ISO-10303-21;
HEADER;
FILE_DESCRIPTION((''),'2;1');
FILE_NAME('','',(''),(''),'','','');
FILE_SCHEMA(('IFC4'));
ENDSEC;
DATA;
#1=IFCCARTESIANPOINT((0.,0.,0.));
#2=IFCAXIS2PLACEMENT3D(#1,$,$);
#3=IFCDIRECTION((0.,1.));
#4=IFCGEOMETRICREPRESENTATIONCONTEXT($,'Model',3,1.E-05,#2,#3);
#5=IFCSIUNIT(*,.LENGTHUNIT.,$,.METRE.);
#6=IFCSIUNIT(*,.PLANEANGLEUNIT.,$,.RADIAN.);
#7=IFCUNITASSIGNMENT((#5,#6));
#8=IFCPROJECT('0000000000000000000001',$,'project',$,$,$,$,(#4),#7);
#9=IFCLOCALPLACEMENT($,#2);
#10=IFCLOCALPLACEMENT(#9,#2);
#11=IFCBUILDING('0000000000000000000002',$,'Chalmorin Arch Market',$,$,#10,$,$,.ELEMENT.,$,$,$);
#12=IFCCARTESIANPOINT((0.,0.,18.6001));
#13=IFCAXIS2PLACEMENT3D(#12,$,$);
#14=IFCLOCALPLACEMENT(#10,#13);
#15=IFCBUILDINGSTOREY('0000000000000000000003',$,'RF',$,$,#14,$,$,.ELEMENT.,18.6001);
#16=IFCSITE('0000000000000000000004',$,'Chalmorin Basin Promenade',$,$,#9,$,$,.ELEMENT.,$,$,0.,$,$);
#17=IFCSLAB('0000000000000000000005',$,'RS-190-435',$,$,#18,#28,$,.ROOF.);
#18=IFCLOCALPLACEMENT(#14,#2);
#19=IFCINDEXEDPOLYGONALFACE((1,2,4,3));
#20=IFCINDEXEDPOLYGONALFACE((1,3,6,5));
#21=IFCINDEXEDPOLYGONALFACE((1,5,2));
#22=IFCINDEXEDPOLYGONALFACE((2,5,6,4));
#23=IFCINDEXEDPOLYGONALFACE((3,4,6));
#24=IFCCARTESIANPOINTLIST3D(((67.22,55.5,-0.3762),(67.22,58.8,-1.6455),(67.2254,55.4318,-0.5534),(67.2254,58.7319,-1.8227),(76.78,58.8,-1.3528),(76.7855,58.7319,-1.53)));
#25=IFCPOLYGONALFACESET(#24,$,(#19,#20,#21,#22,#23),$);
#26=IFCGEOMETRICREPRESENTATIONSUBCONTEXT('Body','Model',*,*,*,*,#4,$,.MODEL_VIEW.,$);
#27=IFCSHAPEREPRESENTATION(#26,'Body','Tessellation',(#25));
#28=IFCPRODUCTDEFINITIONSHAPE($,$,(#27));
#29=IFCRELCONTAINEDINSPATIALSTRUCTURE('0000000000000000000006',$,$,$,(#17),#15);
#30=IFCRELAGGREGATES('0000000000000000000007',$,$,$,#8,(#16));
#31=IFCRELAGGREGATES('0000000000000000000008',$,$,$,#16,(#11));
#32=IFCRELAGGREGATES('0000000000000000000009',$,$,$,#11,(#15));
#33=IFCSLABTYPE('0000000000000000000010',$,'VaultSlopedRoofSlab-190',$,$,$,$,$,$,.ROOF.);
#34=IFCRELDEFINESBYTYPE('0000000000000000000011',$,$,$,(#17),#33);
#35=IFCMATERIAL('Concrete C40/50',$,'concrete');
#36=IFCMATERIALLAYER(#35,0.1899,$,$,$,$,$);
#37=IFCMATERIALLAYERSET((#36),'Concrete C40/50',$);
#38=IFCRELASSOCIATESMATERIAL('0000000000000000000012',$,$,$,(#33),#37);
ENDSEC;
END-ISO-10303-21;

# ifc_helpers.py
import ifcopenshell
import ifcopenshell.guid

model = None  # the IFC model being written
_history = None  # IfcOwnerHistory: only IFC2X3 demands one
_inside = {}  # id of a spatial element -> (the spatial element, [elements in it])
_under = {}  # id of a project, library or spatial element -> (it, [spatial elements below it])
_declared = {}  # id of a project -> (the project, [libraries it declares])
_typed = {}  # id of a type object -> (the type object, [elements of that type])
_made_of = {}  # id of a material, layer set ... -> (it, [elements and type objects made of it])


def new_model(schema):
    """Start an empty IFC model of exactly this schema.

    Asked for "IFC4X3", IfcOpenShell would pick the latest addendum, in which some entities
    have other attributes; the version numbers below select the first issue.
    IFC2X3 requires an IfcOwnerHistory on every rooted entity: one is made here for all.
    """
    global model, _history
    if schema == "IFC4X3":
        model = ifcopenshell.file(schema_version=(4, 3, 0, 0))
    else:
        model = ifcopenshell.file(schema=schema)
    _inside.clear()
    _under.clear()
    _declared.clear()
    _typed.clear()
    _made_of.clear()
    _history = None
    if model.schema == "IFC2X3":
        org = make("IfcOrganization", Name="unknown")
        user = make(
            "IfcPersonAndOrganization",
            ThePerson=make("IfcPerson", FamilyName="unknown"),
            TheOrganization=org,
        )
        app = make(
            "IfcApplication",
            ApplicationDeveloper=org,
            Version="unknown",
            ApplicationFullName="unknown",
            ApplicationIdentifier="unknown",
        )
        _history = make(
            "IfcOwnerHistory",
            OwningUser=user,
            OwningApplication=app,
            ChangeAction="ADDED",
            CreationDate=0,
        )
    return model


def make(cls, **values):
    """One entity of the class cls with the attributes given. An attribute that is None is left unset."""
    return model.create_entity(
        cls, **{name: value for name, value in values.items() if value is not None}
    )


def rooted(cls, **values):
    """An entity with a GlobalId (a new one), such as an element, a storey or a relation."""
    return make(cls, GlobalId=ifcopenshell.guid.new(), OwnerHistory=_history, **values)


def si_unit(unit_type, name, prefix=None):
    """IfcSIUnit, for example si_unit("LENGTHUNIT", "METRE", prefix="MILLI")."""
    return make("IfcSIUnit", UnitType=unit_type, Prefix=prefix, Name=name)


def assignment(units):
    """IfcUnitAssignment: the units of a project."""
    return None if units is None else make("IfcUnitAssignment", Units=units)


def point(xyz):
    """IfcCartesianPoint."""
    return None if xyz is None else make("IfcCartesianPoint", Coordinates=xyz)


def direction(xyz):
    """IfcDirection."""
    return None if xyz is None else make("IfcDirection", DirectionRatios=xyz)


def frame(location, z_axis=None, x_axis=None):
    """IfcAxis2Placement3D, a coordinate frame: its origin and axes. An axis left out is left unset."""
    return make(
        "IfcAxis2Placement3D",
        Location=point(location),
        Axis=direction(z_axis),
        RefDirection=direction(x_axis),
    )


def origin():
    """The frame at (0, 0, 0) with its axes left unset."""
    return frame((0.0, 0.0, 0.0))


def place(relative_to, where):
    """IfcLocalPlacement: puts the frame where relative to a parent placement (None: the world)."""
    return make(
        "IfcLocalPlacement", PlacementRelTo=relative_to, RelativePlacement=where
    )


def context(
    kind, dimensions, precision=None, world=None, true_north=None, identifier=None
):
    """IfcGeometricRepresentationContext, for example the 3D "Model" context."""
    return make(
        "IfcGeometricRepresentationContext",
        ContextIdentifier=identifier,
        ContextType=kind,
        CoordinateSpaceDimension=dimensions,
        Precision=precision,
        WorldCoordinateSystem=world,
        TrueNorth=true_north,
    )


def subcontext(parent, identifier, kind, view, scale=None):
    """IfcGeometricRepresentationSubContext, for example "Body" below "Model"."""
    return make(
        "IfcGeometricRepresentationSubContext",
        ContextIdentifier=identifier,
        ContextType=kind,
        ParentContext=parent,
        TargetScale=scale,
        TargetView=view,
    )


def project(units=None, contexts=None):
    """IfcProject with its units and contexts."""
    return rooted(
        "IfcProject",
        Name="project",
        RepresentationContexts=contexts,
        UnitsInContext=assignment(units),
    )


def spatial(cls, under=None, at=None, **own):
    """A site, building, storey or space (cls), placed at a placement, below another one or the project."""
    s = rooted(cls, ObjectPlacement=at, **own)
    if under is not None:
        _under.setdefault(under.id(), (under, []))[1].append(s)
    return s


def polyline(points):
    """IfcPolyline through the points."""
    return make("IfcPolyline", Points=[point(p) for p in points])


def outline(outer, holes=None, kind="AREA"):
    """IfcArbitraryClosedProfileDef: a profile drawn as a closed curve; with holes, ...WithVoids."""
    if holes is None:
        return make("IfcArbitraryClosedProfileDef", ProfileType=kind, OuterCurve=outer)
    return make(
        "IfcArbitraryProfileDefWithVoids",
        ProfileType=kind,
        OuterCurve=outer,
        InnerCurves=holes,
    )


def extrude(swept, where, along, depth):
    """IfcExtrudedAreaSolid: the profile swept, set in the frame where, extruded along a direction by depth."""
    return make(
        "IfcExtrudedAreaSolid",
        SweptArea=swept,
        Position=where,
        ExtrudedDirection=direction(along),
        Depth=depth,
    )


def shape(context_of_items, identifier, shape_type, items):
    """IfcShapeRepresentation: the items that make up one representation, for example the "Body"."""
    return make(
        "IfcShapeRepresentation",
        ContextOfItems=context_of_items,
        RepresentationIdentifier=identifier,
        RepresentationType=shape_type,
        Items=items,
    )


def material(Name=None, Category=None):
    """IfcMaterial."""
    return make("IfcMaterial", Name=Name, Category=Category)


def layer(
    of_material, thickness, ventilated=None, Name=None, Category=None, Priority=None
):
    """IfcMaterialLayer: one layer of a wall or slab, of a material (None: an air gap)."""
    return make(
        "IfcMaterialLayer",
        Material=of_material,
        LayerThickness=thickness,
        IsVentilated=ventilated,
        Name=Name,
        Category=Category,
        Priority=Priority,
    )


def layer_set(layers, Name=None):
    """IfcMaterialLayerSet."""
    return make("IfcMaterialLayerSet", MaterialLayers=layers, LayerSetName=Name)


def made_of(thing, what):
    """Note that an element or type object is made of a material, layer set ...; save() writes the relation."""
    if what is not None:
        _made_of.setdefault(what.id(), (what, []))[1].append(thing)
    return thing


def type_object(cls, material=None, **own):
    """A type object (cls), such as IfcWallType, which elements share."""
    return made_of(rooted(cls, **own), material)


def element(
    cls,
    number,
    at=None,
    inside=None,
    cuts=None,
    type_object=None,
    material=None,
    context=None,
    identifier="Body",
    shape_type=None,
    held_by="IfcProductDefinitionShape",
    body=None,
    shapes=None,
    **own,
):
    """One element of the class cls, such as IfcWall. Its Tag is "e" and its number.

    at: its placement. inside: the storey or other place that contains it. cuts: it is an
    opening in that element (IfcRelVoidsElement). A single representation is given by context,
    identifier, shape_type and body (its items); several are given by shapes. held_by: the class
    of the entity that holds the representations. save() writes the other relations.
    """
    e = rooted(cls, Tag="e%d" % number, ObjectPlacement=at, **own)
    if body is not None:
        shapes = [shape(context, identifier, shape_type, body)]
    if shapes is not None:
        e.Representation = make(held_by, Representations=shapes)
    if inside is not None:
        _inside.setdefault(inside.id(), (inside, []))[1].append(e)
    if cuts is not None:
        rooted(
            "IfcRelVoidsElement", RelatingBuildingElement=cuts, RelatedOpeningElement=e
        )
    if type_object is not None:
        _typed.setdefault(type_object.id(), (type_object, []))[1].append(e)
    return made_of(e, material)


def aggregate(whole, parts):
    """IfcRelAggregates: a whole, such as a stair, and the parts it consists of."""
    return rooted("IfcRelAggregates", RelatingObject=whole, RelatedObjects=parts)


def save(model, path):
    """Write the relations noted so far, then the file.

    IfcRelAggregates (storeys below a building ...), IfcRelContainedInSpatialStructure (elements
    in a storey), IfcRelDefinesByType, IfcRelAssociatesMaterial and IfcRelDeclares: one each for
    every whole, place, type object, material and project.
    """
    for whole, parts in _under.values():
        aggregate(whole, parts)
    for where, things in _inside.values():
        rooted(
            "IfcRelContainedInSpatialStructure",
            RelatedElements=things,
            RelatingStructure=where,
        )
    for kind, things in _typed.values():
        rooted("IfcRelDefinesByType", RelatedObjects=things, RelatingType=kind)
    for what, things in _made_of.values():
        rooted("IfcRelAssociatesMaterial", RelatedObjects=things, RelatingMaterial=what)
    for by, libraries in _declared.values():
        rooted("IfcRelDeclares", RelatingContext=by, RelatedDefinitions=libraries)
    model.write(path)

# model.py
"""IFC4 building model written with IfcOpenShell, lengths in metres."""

from ifc_helpers import new_model, si_unit, direction, frame, origin, place, context, subcontext, project, spatial, polyline, outline, extrude, material, layer, layer_set, type_object, element, save


model = new_model("IFC4")

# Units and contexts
model_context = context("Model", 3, precision=1e-05, world=origin(), true_north=direction((0.0, 1.0)))
body_context = subcontext(model_context, "Body", "Model", "MODEL_VIEW")
ifc_project = project(units=[si_unit("LENGTHUNIT", "METRE"), si_unit("PLANEANGLEUNIT", "RADIAN")], contexts=[model_context])

# Site, building, storey
site_placement = place(None, origin())
site = spatial("IfcSite", under=ifc_project, at=site_placement, Name="Chalmorin Basin Promenade", CompositionType="ELEMENT", RefElevation=0.0)
building_placement = place(site_placement, origin())
building = spatial("IfcBuilding", under=site, at=building_placement, Name="Chalmorin Arch Market", CompositionType="ELEMENT")
storey_placement = place(building_placement, frame((0.0, 0.0, 18.6001)))
storey = spatial("IfcBuildingStorey", under=building, at=storey_placement, Name="RF", CompositionType="ELEMENT", Elevation=18.6001)

# Shared definitions
ifc_material_1 = material(Name="Concrete C40/50", Category="concrete")

# Slab
ifc_layer_1 = layer(ifc_material_1, 0.1899)
ifc_layer_set_1 = layer_set([ifc_layer_1], Name="Concrete C40/50")
slab_type_1 = type_object("IfcSlabType", Name="VaultSlopedRoofSlab-190", PredefinedType="ROOF", material=ifc_layer_set_1)
slab_1_placement = place(storey_placement, frame((67.22, 55.5, -0.3762), z_axis=(-0.028567, 0.358842, 0.932961), x_axis=(0.940891, 0.324787, -0.096112)))
element("IfcSlab", 1, at=slab_1_placement, inside=storey, type_object=slab_type_1, Name="RS-190-435", PredefinedType="ROOF", context=body_context, shape_type="SweptSolid", body=[
    extrude(outline(polyline([(0.0, 0.0), (10.1606, 0.0), (1.1938, 3.3281), (0.0, 0.0)])), origin(), (0.0, 0.0, -1.0), 0.1899),
])

save(model, "model.ifc")
